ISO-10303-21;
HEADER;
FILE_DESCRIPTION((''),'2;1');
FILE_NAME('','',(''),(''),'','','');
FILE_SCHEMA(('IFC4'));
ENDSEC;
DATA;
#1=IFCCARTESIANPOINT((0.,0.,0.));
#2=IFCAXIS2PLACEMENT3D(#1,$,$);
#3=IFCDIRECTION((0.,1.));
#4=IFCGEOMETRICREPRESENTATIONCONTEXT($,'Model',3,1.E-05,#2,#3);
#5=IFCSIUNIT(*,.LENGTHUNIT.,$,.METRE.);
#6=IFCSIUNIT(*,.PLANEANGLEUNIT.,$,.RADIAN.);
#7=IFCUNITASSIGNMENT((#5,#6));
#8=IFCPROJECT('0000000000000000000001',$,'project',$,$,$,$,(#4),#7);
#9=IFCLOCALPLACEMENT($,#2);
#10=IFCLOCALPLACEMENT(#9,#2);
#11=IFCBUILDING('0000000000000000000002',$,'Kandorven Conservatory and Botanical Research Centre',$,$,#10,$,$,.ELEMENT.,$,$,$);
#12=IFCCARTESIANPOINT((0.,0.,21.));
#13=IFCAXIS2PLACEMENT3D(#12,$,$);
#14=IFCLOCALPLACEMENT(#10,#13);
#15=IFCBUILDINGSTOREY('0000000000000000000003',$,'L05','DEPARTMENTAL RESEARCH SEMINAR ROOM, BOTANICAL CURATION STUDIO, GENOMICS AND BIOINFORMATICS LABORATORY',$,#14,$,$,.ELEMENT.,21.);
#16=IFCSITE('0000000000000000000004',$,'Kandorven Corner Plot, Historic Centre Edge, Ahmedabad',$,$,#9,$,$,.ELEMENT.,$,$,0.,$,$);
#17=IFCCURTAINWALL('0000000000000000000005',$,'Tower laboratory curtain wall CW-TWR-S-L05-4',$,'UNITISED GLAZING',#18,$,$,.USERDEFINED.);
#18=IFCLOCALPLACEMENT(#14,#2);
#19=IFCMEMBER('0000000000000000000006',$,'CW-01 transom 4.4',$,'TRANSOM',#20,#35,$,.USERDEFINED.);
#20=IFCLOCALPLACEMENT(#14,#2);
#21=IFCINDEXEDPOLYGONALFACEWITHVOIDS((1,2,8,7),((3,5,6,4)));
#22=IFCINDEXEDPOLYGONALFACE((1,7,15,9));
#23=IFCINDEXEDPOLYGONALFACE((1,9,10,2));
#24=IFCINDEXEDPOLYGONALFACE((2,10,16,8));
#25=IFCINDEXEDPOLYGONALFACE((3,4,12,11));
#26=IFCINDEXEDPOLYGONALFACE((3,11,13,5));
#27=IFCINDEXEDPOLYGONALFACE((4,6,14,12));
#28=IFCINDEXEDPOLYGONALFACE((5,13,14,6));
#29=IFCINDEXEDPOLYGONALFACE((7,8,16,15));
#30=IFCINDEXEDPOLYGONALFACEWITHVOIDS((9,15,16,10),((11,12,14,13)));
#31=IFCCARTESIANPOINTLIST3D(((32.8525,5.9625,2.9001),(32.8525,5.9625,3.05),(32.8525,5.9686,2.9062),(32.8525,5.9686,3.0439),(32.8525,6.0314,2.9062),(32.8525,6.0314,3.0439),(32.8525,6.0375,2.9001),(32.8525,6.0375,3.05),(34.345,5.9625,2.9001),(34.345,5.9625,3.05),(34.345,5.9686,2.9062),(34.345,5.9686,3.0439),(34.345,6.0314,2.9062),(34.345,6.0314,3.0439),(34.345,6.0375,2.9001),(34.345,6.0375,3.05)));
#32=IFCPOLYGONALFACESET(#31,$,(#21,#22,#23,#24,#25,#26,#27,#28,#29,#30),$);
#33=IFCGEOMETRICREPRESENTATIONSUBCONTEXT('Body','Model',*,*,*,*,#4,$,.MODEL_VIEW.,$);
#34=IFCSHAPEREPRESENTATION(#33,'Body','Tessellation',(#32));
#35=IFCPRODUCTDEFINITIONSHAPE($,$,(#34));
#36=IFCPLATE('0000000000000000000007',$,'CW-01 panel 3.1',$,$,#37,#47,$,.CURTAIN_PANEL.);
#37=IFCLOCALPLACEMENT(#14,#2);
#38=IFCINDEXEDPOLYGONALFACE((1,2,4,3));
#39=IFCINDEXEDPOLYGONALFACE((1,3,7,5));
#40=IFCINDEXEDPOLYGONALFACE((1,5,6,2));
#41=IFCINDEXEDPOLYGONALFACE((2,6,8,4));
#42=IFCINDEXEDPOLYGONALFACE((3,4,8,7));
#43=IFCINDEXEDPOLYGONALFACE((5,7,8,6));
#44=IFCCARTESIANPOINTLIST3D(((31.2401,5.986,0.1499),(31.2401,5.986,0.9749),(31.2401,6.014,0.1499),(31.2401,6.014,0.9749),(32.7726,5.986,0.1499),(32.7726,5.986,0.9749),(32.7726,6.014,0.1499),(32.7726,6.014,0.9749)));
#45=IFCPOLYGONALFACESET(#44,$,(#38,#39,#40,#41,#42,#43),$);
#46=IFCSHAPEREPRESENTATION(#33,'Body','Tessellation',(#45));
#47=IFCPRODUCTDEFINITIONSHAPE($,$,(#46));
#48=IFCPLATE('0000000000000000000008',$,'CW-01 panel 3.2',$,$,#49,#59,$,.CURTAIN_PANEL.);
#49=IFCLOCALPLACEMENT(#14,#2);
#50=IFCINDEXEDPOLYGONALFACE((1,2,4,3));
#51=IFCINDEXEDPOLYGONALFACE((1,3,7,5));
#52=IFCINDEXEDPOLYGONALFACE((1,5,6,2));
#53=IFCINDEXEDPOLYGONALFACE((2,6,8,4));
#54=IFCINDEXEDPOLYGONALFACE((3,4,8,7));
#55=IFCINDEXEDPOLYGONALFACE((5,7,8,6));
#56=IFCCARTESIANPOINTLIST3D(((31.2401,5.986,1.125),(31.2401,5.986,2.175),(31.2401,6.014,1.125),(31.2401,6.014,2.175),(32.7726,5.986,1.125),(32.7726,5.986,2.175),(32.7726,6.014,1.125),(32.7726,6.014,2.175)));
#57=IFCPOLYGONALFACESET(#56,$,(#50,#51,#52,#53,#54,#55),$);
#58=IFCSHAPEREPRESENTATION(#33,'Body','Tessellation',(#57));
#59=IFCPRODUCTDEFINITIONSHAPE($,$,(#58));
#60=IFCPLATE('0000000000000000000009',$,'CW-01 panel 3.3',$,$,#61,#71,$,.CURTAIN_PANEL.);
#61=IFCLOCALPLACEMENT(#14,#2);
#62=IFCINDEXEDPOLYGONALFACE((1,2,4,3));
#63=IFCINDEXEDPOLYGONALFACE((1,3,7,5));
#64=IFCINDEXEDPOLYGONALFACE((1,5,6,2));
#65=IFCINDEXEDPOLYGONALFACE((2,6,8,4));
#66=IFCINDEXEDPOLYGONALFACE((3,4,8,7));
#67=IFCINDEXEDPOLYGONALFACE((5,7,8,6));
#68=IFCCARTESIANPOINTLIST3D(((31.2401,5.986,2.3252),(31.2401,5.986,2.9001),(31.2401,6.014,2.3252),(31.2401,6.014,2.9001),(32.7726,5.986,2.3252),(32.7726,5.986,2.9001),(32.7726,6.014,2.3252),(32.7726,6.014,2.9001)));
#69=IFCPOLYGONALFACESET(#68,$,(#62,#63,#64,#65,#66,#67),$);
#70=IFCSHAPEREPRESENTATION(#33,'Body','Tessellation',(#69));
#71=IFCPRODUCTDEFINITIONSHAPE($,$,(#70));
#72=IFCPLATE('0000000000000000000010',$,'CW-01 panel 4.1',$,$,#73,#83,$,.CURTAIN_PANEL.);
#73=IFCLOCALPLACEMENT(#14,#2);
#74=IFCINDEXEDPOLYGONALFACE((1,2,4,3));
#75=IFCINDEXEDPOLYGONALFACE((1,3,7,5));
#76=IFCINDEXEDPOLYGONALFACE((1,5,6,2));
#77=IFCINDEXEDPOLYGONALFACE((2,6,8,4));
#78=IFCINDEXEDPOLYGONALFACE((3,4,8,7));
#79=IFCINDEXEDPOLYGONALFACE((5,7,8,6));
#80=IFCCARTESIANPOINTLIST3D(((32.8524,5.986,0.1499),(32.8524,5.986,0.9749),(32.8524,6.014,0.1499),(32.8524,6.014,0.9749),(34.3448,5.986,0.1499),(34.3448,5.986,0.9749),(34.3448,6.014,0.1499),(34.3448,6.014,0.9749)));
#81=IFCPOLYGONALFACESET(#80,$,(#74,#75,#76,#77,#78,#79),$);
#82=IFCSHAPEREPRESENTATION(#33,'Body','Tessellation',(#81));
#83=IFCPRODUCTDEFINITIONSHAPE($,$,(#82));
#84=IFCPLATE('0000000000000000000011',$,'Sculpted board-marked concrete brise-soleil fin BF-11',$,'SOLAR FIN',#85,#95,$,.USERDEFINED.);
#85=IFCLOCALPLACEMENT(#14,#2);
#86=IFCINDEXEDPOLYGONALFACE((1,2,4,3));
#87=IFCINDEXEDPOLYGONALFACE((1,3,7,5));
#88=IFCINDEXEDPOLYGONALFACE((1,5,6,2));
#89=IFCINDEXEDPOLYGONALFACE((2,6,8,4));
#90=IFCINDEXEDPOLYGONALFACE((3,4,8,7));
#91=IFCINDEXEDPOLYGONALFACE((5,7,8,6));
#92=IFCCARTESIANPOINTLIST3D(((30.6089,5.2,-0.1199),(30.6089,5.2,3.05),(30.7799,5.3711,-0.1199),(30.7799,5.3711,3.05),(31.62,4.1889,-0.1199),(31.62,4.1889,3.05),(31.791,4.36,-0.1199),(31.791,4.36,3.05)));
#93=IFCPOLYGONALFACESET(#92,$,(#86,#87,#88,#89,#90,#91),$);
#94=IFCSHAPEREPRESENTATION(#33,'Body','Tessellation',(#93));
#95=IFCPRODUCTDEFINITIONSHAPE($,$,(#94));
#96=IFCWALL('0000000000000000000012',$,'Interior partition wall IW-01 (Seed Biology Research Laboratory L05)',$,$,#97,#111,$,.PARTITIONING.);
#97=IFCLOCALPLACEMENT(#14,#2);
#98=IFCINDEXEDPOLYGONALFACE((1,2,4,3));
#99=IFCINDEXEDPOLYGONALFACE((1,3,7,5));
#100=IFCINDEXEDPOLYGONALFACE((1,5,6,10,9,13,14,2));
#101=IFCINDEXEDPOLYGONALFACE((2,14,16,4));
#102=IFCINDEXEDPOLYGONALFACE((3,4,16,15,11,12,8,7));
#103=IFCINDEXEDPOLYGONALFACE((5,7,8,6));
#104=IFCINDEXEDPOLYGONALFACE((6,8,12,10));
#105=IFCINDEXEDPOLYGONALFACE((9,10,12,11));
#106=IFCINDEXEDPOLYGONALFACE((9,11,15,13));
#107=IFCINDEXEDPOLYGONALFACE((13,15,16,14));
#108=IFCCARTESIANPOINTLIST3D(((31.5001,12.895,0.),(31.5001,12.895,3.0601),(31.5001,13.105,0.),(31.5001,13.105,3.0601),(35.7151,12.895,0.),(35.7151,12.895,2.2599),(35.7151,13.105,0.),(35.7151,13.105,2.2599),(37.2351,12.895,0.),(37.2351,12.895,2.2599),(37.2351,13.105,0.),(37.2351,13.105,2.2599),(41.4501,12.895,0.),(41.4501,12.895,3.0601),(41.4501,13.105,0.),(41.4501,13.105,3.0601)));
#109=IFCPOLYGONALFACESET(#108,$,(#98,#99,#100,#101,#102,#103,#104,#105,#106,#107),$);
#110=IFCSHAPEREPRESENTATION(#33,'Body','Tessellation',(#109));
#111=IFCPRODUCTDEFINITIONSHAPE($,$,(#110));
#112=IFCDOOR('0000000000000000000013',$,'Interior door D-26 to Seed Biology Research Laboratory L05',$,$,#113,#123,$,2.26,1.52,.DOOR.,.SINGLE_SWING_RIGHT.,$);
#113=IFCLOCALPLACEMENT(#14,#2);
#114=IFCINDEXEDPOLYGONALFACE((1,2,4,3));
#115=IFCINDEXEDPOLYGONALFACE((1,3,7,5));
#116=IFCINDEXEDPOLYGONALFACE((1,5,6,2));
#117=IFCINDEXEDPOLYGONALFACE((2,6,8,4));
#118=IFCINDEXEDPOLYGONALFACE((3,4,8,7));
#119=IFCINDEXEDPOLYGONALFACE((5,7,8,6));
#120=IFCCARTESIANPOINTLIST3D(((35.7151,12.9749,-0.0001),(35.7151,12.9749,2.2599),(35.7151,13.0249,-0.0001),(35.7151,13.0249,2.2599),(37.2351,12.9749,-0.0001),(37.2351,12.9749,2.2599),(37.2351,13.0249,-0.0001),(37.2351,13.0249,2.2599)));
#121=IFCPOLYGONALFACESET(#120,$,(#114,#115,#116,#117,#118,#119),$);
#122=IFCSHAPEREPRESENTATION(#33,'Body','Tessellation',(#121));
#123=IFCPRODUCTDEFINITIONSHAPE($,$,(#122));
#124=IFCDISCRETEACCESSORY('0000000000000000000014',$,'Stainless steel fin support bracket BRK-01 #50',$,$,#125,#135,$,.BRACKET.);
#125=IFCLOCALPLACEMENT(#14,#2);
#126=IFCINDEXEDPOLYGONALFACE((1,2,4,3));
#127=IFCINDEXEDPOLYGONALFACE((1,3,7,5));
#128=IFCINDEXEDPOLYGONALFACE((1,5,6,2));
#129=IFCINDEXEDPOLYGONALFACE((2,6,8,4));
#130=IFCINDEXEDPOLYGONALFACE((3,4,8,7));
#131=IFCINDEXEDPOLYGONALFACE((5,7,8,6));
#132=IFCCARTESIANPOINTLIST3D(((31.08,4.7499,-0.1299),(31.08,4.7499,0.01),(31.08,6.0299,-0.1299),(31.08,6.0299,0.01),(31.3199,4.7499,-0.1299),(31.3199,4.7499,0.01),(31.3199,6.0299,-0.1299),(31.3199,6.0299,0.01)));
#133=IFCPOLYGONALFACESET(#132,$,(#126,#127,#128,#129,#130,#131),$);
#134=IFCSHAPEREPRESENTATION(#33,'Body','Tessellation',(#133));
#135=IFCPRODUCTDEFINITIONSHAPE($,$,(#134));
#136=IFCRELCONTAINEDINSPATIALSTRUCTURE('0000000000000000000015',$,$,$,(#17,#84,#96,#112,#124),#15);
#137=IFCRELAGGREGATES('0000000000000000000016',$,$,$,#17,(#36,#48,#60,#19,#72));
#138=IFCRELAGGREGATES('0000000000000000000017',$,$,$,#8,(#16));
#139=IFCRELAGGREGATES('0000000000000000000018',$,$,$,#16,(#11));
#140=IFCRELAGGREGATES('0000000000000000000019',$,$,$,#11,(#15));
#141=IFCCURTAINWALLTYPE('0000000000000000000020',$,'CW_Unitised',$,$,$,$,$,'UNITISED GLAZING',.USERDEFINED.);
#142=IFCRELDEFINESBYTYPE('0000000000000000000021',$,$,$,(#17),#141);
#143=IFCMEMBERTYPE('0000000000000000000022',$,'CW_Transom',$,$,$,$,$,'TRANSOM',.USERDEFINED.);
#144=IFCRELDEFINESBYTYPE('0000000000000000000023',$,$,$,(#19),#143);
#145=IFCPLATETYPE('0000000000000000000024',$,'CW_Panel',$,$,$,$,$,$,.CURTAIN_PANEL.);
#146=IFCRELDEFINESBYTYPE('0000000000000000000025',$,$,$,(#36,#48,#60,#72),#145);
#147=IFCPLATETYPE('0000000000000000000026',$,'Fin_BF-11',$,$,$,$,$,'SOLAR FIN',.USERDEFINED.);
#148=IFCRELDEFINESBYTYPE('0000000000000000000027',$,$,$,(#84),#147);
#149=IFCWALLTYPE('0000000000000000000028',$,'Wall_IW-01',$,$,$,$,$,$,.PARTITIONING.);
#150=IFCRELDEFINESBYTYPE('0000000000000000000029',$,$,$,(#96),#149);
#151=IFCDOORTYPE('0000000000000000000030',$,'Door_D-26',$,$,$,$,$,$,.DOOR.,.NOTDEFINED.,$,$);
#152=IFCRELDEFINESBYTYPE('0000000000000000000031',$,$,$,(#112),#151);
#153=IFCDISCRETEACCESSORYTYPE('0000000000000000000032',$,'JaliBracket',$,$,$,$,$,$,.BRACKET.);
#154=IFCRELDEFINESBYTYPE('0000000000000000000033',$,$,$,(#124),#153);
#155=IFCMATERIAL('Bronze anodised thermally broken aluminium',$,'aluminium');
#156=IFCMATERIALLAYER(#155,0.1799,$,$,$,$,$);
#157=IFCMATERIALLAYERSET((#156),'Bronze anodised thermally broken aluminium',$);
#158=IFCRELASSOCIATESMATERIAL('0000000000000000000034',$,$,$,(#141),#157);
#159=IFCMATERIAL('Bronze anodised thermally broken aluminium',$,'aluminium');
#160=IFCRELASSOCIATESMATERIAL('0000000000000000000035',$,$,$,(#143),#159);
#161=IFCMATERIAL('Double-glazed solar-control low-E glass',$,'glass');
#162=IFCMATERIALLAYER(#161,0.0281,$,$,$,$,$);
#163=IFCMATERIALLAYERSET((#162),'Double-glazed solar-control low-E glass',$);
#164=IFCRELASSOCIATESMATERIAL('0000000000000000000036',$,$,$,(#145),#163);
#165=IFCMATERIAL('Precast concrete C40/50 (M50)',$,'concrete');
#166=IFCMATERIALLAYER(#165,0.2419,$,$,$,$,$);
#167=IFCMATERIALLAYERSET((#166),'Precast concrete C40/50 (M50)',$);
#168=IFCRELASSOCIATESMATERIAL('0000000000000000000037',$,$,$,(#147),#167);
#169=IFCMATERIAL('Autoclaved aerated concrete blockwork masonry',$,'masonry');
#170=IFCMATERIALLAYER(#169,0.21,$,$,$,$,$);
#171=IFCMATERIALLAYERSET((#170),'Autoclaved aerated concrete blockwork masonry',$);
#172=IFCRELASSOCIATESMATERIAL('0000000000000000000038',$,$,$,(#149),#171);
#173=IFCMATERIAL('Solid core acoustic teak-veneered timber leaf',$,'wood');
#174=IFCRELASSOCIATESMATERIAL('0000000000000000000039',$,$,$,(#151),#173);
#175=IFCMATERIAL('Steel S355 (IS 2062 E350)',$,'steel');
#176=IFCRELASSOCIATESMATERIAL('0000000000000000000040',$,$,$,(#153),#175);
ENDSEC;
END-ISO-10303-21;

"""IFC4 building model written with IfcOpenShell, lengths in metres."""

from ifc_helpers import new_model, si_unit, direction, frame, frame_2d, origin, origin_2d, place, context, subcontext, project, spatial, rectangle, hollow_rectangle, extrude, material, layer, layer_set, material_profile, profile_set, type_object, element, fill, aggregate, save


model = new_model("IFC4")

# Units and contexts
model_context = context("Model", 3, precision=1e-05, world=origin(), true_north=direction((0.0, 1.0)))
body_context = subcontext(model_context, "Body", "Model", "MODEL_VIEW")
ifc_project = project(units=[si_unit("LENGTHUNIT", "METRE"), si_unit("PLANEANGLEUNIT", "RADIAN")], contexts=[model_context])

# Site, building, storey
site_placement = place(None, origin())
site = spatial("IfcSite", under=ifc_project, at=site_placement, Name="Kandorven Corner Plot, Historic Centre Edge, Ahmedabad", CompositionType="ELEMENT", RefElevation=0.0)
building_placement = place(site_placement, origin())
building = spatial("IfcBuilding", under=site, at=building_placement, Name="Kandorven Conservatory and Botanical Research Centre", CompositionType="ELEMENT")
storey_placement = place(building_placement, frame((0.0, 0.0, 21.0)))
storey = spatial("IfcBuildingStorey", under=building, at=storey_placement, Name="L05", Description="DEPARTMENTAL RESEARCH SEMINAR ROOM, BOTANICAL CURATION STUDIO, GENOMICS AND BIOINFORMATICS LABORATORY", CompositionType="ELEMENT", Elevation=21.0)

# Curtain wall, member, plates
ifc_material_1 = material(Name="Bronze anodised thermally broken aluminium", Category="aluminium")
ifc_layer_1 = layer(ifc_material_1, 0.1799)
ifc_layer_set_1 = layer_set([ifc_layer_1], Name="Bronze anodised thermally broken aluminium")
curtain_wall_type = type_object("IfcCurtainWallType", Name="CW_Unitised", ElementType="UNITISED GLAZING", PredefinedType="USERDEFINED", material=ifc_layer_set_1)
curtain_wall_placement = place(storey_placement, origin())
curtain_wall = element("IfcCurtainWall", 1, at=curtain_wall_placement, inside=storey, type_object=curtain_wall_type, Name="Tower laboratory curtain wall CW-TWR-S-L05-4", ObjectType="UNITISED GLAZING", PredefinedType="USERDEFINED")
ifc_material_2 = material(Name="Bronze anodised thermally broken aluminium", Category="aluminium")
ifc_material_profile_1 = material_profile(ifc_material_2, hollow_rectangle(XDim=0.075, YDim=0.1499, WallThickness=0.0061, at=origin_2d()))
ifc_profile_set_1 = profile_set([ifc_material_profile_1], Name="Bronze anodised thermally broken aluminium")
member_type_1 = type_object("IfcMemberType", Name="CW_Transom", ElementType="TRANSOM", PredefinedType="USERDEFINED", material=ifc_profile_set_1)
member_1_placement = place(storey_placement, frame((32.8525, 6.0, 2.9751), z_axis=(1.0, 0.0, 0.0), x_axis=(0.0, 1.0, 0.0)))
member_1 = element("IfcMember", 2, at=member_1_placement, type_object=member_type_1, Name="CW-01 transom 4.4", ObjectType="TRANSOM", PredefinedType="USERDEFINED", context=body_context, shape_type="SweptSolid", body=[
    extrude(hollow_rectangle(XDim=0.075, YDim=0.1499, WallThickness=0.0061, at=origin_2d()), origin(), (0.0, 0.0, 1.0), 1.4924),
])
ifc_material_3 = material(Name="Double-glazed solar-control low-E glass", Category="glass")
ifc_layer_2 = layer(ifc_material_3, 0.0281)
ifc_layer_set_2 = layer_set([ifc_layer_2], Name="Double-glazed solar-control low-E glass")
plate_type_1 = type_object("IfcPlateType", Name="CW_Panel", PredefinedType="CURTAIN_PANEL", material=ifc_layer_set_2)
plate_1_placement = place(storey_placement, frame((32.0063, 6.0, 0.1499), z_axis=(0.0, 0.0, 1.0), x_axis=(1.0, 0.0, 0.0)))
plate_1 = element("IfcPlate", 3, at=plate_1_placement, type_object=plate_type_1, Name="CW-01 panel 3.1", PredefinedType="CURTAIN_PANEL", context=body_context, shape_type="SweptSolid", body=[
    extrude(rectangle(XDim=1.5325, YDim=0.0281, at=origin_2d()), origin(), (0.0, 0.0, 1.0), 0.825),
])
plate_2_placement = place(storey_placement, frame((32.0063, 6.0, 1.125), z_axis=(0.0, 0.0, 1.0), x_axis=(1.0, 0.0, 0.0)))
plate_2 = element("IfcPlate", 4, at=plate_2_placement, type_object=plate_type_1, Name="CW-01 panel 3.2", PredefinedType="CURTAIN_PANEL", context=body_context, shape_type="SweptSolid", body=[
    extrude(rectangle(XDim=1.5325, YDim=0.0281, at=origin_2d()), origin(), (0.0, 0.0, 1.0), 1.05),
])
plate_3_placement = place(storey_placement, frame((32.0063, 6.0, 2.3252), z_axis=(0.0, 0.0, 1.0), x_axis=(1.0, 0.0, 0.0)))
plate_3 = element("IfcPlate", 5, at=plate_3_placement, type_object=plate_type_1, Name="CW-01 panel 3.3", PredefinedType="CURTAIN_PANEL", context=body_context, shape_type="SweptSolid", body=[
    extrude(rectangle(XDim=1.5325, YDim=0.0281, at=origin_2d()), origin(), (0.0, 0.0, 1.0), 0.575),
])
plate_4_placement = place(storey_placement, frame((33.5986, 6.0, 0.1499), z_axis=(0.0, 0.0, 1.0), x_axis=(1.0, 0.0, 0.0)))
plate_4 = element("IfcPlate", 6, at=plate_4_placement, type_object=plate_type_1, Name="CW-01 panel 4.1", PredefinedType="CURTAIN_PANEL", context=body_context, shape_type="SweptSolid", body=[
    extrude(rectangle(XDim=1.4924, YDim=0.0281, at=origin_2d()), origin(), (0.0, 0.0, 1.0), 0.825),
])
aggregate(curtain_wall, [plate_1, plate_2, plate_3, member_1, plate_4])

# Plate
ifc_material_4 = material(Name="Precast concrete C40/50 (M50)", Category="concrete")
ifc_layer_3 = layer(ifc_material_4, 0.2419)
ifc_layer_set_3 = layer_set([ifc_layer_3], Name="Precast concrete C40/50 (M50)")
plate_type_2 = type_object("IfcPlateType", Name="Fin_BF-11", ElementType="SOLAR FIN", PredefinedType="USERDEFINED", material=ifc_layer_set_3)
plate_5_placement = place(storey_placement, frame((31.2, 4.78, -0.1199), z_axis=(0.0, 0.0, 1.0), x_axis=(-0.707107, 0.707107, 0.0)))
element("IfcPlate", 7, at=plate_5_placement, inside=storey, type_object=plate_type_2, Name="Sculpted board-marked concrete brise-soleil fin BF-11", ObjectType="SOLAR FIN", PredefinedType="USERDEFINED", context=body_context, shape_type="SweptSolid", body=[
    extrude(rectangle(XDim=1.4299, YDim=0.2419, at=origin_2d()), origin(), (0.0, 0.0, 1.0), 3.1699),
])

# Wall, opening, door
ifc_material_5 = material(Name="Autoclaved aerated concrete blockwork masonry", Category="masonry")
ifc_layer_4 = layer(ifc_material_5, 0.21)
ifc_layer_set_4 = layer_set([ifc_layer_4], Name="Autoclaved aerated concrete blockwork masonry")
wall_type = type_object("IfcWallType", Name="Wall_IW-01", PredefinedType="PARTITIONING", material=ifc_layer_set_4)
wall_placement = place(storey_placement, frame((31.5, 13.0, 0.0), z_axis=(0.0, 0.0, 1.0), x_axis=(1.0, 0.0, 0.0)))
wall = element("IfcWall", 8, at=wall_placement, inside=storey, type_object=wall_type, Name="Interior partition wall IW-01 (Seed Biology Research Laboratory L05)", PredefinedType="PARTITIONING", context=body_context, shape_type="SweptSolid", body=[
    extrude(rectangle(XDim=9.95, YDim=0.21, at=frame_2d((4.9751, 0.0))), origin(), (0.0, 0.0, 1.0), 3.0601),
])
opening_placement = place(wall_placement, frame((4.2151, 0.0, 0.0)))
opening = element("IfcOpeningElement", 9, at=opening_placement, cuts=wall, PredefinedType="OPENING", context=body_context, shape_type="SweptSolid", body=[
    extrude(rectangle(XDim=1.52, YDim=2.26, at=frame_2d((0.76, 1.1299))), frame((0.0, 0.115, 0.0), z_axis=(0.0, -1.0, 0.0), x_axis=(1.0, 0.0, 0.0)), (0.0, 0.0, 1.0), 0.23),
])
ifc_material_6 = material(Name="Solid core acoustic teak-veneered timber leaf", Category="wood")
door_type = type_object("IfcDoorType", Name="Door_D-26", OperationType="NOTDEFINED", PredefinedType="DOOR", material=ifc_material_6)
door_placement = place(opening_placement, origin())
door = element("IfcDoor", 10, at=door_placement, inside=storey, type_object=door_type, Name="Interior door D-26 to Seed Biology Research Laboratory L05", OperationType="SINGLE_SWING_RIGHT", OverallHeight=2.26, OverallWidth=1.52, PredefinedType="DOOR", context=body_context, shape_type="SweptSolid", body=[
    extrude(rectangle(XDim=1.52, YDim=2.26, at=frame_2d((0.76, 1.1299))), frame((0.0, 0.0249, 0.0), z_axis=(0.0, -1.0, 0.0), x_axis=(1.0, 0.0, 0.0)), (0.0, 0.0, 1.0), 0.05),
])
fill(opening, door)

# Discrete accessory
ifc_material_7 = material(Name="Steel S355 (IS 2062 E350)", Category="steel")
discrete_accessory_type = type_object("IfcDiscreteAccessoryType", Name="JaliBracket", PredefinedType="BRACKET", material=ifc_material_7)
discrete_accessory_placement = place(storey_placement, frame((31.2, 5.3899, -0.1299), z_axis=(0.0, 0.0, 1.0), x_axis=(1.0, 0.0, 0.0)))
element("IfcDiscreteAccessory", 11, at=discrete_accessory_placement, inside=storey, type_object=discrete_accessory_type, Name="Stainless steel fin support bracket BRK-01 #50", PredefinedType="BRACKET", context=body_context, shape_type="SweptSolid", body=[
    extrude(rectangle(XDim=0.24, YDim=1.28, at=origin_2d()), origin(), (0.0, 0.0, 1.0), 0.1399),
])

save(model, "model.ifc")
